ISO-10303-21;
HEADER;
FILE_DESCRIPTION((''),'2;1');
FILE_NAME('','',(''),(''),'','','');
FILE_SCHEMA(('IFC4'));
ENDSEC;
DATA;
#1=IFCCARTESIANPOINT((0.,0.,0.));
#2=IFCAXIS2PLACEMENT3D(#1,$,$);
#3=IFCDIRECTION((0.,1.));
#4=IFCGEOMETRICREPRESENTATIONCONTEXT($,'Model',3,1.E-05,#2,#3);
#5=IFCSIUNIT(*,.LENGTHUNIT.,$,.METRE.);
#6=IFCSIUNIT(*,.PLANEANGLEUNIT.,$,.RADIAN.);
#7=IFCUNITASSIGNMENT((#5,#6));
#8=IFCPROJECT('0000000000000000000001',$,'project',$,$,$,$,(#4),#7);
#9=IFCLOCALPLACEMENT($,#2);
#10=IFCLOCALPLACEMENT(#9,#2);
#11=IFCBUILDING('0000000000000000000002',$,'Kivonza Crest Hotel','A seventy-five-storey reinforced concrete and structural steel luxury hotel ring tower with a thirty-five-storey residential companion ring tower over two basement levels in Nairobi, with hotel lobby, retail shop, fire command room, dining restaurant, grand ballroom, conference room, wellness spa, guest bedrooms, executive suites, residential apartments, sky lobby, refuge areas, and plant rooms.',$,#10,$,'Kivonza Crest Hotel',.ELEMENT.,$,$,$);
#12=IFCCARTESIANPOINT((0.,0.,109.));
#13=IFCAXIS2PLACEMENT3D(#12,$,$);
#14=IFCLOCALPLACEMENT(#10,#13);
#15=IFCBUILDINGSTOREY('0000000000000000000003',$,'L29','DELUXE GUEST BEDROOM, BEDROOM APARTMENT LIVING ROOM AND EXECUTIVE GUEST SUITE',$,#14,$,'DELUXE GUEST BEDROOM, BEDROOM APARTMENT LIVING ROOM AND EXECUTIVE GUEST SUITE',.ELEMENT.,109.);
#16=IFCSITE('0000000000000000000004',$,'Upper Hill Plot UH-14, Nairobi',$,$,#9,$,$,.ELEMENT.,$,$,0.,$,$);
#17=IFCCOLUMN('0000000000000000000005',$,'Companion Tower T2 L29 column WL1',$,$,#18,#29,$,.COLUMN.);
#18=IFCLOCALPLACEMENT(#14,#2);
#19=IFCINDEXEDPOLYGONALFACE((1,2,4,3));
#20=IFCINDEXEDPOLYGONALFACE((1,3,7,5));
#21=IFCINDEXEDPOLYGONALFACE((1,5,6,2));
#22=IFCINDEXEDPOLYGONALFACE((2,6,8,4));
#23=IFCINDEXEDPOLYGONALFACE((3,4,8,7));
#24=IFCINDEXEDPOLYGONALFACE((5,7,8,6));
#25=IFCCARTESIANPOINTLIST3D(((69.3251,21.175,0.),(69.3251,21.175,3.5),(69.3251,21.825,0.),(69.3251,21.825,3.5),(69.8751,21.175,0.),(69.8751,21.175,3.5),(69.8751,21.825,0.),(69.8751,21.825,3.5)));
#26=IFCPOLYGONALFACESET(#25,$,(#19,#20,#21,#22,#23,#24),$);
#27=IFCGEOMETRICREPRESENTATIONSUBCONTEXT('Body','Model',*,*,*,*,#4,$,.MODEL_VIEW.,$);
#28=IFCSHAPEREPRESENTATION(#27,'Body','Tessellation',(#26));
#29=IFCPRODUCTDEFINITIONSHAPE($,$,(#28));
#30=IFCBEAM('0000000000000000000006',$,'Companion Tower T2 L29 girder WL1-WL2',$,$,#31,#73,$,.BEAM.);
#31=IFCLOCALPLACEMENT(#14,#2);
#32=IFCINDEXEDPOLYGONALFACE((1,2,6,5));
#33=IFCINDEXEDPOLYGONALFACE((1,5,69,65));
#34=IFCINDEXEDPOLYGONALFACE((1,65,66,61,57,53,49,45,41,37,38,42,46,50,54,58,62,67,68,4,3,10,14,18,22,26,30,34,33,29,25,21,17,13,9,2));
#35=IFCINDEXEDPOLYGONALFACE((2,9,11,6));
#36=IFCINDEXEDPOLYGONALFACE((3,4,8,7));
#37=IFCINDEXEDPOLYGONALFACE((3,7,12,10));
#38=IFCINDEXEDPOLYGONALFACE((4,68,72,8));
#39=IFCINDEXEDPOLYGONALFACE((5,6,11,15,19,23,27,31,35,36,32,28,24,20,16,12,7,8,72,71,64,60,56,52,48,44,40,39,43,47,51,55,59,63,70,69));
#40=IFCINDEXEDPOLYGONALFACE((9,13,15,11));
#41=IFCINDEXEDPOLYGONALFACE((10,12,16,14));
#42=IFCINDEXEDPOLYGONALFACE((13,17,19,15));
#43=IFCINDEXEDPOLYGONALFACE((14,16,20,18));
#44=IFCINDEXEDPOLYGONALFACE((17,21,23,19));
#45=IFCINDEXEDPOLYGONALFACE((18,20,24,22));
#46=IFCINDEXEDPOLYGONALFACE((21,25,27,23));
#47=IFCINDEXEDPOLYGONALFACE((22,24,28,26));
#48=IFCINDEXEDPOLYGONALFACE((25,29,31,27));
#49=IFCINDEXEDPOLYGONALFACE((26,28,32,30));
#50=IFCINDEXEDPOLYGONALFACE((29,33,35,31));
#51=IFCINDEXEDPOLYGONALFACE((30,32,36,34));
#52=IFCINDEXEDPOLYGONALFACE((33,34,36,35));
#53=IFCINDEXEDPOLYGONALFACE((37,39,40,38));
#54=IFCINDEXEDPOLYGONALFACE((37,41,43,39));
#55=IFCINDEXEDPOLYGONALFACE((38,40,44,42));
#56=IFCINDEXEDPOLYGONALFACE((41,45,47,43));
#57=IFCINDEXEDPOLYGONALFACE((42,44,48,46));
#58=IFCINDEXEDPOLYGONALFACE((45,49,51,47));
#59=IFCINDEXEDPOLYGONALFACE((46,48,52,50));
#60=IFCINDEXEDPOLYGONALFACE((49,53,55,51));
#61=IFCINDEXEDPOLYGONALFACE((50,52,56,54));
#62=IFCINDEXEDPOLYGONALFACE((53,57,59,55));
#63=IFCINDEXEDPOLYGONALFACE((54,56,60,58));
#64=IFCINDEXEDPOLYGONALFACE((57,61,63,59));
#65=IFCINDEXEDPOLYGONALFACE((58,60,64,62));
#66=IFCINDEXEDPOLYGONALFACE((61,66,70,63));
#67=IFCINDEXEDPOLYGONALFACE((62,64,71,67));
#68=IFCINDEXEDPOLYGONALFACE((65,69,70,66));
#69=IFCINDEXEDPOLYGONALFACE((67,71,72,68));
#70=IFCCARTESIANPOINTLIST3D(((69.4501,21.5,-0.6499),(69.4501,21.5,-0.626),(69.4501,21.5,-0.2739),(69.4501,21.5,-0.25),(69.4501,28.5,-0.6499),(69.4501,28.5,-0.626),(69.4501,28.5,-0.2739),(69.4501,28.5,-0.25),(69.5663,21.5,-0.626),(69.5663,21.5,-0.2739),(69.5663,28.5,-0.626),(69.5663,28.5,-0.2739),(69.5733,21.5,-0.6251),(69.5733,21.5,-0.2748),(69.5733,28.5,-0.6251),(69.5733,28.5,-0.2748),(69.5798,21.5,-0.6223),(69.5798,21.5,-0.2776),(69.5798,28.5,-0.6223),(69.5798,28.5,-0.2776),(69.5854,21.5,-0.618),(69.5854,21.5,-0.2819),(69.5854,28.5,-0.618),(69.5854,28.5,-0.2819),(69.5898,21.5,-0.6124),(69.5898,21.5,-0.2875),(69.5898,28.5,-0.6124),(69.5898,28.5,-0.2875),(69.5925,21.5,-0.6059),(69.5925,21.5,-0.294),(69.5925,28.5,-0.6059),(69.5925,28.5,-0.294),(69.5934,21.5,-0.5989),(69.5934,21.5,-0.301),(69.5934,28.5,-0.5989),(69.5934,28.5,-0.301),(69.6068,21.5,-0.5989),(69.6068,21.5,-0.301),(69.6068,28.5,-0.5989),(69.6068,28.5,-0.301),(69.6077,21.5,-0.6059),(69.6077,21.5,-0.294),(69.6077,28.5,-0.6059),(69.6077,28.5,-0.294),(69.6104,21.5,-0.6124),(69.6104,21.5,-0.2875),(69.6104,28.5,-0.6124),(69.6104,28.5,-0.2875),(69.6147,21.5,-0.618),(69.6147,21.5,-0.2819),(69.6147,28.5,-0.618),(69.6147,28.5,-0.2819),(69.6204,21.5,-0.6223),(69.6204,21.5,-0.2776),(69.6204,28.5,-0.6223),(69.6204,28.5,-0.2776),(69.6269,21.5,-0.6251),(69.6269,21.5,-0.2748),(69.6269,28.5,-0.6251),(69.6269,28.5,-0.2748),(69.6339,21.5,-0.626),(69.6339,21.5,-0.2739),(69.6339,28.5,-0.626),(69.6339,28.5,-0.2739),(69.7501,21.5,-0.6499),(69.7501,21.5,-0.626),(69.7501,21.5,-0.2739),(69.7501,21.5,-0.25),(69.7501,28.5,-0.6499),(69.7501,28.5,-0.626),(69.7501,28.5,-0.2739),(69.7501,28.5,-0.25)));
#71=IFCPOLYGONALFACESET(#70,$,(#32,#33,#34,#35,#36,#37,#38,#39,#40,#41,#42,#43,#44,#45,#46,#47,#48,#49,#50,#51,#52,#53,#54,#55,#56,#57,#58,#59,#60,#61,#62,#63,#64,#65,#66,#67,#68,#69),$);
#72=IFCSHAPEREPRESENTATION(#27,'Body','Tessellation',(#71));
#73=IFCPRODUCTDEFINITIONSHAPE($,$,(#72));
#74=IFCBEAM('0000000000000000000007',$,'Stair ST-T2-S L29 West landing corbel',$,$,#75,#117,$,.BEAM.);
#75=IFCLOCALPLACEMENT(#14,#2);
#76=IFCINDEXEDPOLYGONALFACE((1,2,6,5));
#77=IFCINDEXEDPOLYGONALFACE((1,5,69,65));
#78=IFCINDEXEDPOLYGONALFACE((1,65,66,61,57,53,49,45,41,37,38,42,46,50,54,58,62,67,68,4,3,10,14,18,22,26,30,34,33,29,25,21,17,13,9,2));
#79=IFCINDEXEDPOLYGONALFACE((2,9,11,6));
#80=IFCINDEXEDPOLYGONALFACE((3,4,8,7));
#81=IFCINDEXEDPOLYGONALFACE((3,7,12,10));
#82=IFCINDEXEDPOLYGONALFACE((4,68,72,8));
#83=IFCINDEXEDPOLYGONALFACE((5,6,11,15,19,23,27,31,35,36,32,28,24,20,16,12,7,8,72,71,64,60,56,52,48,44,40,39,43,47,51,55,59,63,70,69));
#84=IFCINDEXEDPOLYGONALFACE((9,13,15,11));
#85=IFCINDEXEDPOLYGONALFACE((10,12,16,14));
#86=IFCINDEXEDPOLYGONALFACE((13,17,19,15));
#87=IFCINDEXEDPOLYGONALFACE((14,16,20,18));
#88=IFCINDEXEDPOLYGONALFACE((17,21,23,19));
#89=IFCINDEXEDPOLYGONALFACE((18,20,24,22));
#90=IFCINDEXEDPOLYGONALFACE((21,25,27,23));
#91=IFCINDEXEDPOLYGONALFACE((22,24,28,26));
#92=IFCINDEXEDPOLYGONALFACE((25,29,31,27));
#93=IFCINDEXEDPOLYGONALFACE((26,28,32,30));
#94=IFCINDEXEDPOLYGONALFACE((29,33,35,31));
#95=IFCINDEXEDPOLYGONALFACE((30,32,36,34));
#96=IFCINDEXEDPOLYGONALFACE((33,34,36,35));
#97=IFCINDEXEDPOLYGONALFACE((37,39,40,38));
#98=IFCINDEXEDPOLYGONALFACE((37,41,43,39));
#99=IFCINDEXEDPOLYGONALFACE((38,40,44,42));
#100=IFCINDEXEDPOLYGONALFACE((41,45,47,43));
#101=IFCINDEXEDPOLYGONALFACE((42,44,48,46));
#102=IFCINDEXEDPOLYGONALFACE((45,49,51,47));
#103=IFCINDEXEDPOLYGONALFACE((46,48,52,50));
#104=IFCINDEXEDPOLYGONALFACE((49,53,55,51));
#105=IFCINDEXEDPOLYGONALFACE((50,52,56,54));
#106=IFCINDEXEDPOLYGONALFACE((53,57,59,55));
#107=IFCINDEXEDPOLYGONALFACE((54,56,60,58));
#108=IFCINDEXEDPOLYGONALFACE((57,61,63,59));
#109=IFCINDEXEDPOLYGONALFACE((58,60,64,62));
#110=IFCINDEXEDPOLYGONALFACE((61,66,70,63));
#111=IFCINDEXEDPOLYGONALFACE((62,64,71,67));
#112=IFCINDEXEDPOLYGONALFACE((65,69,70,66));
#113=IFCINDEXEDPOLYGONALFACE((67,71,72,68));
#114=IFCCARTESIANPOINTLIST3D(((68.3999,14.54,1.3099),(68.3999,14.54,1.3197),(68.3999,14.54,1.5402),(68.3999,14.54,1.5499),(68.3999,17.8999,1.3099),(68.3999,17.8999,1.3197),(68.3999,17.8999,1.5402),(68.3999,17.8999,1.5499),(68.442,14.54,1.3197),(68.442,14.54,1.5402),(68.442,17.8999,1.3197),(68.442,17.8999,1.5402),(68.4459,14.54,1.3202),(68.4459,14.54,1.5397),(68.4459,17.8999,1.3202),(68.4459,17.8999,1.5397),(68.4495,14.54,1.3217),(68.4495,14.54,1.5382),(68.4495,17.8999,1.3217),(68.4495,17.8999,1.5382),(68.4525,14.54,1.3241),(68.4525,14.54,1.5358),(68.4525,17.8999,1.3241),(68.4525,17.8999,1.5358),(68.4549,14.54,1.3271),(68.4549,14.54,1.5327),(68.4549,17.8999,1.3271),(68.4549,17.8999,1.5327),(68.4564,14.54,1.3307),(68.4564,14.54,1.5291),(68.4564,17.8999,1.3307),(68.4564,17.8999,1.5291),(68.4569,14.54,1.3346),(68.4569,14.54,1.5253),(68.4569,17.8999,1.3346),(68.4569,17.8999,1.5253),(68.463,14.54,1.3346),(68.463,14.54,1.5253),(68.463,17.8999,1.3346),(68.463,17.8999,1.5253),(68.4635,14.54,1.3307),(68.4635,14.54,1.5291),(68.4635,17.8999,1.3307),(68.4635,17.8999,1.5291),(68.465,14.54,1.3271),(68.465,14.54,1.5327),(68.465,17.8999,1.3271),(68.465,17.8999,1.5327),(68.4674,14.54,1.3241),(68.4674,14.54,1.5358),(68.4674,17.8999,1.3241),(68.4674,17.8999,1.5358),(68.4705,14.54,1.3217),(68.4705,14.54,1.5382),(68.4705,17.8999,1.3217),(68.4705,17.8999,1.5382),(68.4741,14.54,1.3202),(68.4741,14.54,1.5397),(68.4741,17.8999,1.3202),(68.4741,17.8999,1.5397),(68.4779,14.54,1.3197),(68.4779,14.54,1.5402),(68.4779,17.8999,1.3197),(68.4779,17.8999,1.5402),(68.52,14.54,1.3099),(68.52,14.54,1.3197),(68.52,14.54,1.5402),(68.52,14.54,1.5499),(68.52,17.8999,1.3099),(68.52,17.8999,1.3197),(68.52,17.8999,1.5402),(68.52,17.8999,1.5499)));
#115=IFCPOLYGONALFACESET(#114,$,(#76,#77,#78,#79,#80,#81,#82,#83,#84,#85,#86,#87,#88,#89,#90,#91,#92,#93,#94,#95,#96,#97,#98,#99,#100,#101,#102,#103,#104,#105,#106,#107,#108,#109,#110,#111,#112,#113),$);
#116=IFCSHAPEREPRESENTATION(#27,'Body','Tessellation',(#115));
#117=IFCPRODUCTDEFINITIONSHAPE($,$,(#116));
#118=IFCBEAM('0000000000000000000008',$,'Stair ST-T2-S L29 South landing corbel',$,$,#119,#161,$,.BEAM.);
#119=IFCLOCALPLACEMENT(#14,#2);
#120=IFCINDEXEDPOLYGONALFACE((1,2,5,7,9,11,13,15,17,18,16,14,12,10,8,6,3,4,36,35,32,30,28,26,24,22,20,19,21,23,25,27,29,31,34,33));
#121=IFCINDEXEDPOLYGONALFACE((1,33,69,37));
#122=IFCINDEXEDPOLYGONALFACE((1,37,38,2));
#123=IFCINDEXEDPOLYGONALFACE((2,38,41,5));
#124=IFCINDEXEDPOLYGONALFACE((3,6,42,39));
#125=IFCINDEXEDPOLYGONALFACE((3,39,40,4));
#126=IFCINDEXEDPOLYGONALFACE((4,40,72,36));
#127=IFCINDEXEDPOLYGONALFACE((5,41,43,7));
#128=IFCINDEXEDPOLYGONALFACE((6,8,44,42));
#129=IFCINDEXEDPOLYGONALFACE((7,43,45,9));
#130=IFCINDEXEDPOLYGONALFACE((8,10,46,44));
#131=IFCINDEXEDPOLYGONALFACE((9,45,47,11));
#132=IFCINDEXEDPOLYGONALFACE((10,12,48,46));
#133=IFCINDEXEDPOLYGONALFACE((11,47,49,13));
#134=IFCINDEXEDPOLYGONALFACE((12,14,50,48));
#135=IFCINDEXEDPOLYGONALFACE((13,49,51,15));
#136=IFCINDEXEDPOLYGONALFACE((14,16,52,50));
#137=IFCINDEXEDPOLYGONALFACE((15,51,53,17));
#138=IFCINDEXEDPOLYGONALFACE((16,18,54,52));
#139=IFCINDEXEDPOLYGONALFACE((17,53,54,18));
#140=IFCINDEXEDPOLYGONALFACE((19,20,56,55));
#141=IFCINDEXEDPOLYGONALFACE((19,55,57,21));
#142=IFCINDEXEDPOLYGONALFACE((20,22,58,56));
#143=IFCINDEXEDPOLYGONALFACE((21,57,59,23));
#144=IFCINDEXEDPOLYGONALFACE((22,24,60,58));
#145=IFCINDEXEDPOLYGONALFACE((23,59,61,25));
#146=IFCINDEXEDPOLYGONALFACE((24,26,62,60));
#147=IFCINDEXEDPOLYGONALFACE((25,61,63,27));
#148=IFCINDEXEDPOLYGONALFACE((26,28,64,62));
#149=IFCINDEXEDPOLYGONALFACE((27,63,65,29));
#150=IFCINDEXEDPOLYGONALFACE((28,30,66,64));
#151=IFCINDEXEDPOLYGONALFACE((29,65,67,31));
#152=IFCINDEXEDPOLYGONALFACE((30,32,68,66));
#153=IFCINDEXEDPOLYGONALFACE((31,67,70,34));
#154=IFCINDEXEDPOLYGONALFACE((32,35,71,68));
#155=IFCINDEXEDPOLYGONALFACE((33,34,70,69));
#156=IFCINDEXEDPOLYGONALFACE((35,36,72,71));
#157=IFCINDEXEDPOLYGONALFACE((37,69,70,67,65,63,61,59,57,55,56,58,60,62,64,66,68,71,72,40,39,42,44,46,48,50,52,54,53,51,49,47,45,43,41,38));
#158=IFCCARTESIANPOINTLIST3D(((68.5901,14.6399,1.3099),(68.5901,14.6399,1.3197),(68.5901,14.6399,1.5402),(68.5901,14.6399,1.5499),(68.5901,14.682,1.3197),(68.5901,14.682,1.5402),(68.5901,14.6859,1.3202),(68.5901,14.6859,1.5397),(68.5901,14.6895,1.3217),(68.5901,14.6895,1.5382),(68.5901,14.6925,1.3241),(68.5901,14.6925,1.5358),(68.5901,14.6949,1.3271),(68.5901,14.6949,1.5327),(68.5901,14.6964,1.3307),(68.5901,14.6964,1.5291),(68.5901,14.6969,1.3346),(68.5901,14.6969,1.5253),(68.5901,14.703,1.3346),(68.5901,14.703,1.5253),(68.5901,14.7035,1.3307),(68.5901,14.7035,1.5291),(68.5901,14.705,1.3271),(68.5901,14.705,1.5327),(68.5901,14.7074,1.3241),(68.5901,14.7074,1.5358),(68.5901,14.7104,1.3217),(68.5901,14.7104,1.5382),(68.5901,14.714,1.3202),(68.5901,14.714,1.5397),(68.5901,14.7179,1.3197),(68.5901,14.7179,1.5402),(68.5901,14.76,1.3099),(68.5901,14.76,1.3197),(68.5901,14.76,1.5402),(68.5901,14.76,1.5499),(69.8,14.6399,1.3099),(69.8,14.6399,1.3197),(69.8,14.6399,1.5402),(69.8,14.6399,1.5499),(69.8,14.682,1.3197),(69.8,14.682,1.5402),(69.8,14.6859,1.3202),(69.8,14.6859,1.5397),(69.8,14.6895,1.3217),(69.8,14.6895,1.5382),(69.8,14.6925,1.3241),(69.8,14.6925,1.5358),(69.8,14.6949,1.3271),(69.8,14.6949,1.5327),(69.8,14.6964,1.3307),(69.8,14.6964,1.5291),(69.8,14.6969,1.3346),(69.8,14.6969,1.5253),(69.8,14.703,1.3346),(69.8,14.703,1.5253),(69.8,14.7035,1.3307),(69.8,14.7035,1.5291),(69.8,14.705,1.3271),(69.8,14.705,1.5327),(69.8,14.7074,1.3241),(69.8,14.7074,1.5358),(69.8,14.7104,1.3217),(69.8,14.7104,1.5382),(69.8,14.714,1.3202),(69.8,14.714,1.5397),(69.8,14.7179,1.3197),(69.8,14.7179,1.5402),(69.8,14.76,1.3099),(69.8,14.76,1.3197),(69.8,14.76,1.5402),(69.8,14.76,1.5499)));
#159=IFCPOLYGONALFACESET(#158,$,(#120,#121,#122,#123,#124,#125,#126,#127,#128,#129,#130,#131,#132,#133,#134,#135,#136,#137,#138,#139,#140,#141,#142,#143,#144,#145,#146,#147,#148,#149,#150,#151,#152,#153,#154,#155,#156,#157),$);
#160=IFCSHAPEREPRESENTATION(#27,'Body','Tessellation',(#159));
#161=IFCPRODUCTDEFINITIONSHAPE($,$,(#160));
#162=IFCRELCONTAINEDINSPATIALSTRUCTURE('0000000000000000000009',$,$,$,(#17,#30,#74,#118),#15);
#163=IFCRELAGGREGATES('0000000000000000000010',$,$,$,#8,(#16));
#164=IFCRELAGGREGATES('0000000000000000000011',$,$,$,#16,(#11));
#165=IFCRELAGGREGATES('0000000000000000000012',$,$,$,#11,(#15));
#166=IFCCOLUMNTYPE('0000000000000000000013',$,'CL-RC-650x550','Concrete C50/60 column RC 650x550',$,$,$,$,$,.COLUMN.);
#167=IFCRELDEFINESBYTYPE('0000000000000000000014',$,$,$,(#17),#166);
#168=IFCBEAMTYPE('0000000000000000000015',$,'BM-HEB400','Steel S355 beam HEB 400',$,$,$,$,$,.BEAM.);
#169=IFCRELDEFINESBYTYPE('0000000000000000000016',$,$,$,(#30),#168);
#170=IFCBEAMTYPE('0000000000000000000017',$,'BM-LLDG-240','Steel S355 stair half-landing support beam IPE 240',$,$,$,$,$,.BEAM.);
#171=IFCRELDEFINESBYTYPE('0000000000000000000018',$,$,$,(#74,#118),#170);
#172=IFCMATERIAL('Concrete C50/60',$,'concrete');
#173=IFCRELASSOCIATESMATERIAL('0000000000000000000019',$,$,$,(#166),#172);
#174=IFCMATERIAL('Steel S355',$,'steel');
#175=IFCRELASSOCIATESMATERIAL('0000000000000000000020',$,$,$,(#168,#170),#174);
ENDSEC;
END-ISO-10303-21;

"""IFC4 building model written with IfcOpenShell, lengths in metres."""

from ifc_helpers import new_model, si_unit, direction, frame, origin, origin_2d, place, context, subcontext, project, spatial, rectangle, i_section, extrude, material, material_profile, profile_set, type_object, element, save


model = new_model("IFC4")

# Units and contexts
model_context = context("Model", 3, precision=1e-05, world=origin(), true_north=direction((0.0, 1.0)))
body_context = subcontext(model_context, "Body", "Model", "MODEL_VIEW")
ifc_project = project(units=[si_unit("LENGTHUNIT", "METRE"), si_unit("PLANEANGLEUNIT", "RADIAN")], contexts=[model_context])

# Site, building, storey
site_placement = place(None, origin())
site = spatial("IfcSite", under=ifc_project, at=site_placement, Name="Upper Hill Plot UH-14, Nairobi", CompositionType="ELEMENT", RefElevation=0.0)
building_placement = place(site_placement, origin())
building = spatial("IfcBuilding", under=site, at=building_placement, Name="Kivonza Crest Hotel", Description="A seventy-five-storey reinforced concrete and structural steel luxury hotel ring tower with a thirty-five-storey residential companion ring tower over two basement levels in Nairobi, with hotel lobby, retail shop, fire command room, dining restaurant, grand ballroom, conference room, wellness spa, guest bedrooms, executive suites, residential apartments, sky lobby, refuge areas, and plant rooms.", LongName="Kivonza Crest Hotel", CompositionType="ELEMENT")
storey_placement = place(building_placement, frame((0.0, 0.0, 109.0)))
storey = spatial("IfcBuildingStorey", under=building, at=storey_placement, Name="L29", Description="DELUXE GUEST BEDROOM, BEDROOM APARTMENT LIVING ROOM AND EXECUTIVE GUEST SUITE", LongName="DELUXE GUEST BEDROOM, BEDROOM APARTMENT LIVING ROOM AND EXECUTIVE GUEST SUITE", CompositionType="ELEMENT", Elevation=109.0)

# Column
ifc_material_1 = material(Name="Concrete C50/60", Category="concrete")
ifc_material_profile_1 = material_profile(ifc_material_1, rectangle(XDim=0.55, YDim=0.6499, at=origin_2d()), Name="RC 650x550")
ifc_profile_set_1 = profile_set([ifc_material_profile_1], Name="Concrete C50/60")
column_type = type_object("IfcColumnType", Name="CL-RC-650x550", Description="Concrete C50/60 column RC 650x550", PredefinedType="COLUMN", material=ifc_profile_set_1)
column_placement = place(storey_placement, frame((69.6001, 21.5, 0.0), z_axis=(0.0, 0.0, 1.0), x_axis=(1.0, 0.0, 0.0)))
element("IfcColumn", 1, at=column_placement, inside=storey, type_object=column_type, Name="Companion Tower T2 L29 column WL1", PredefinedType="COLUMN", context=body_context, shape_type="SweptSolid", body=[
    extrude(rectangle(XDim=0.55, YDim=0.6499, at=origin_2d()), origin(), (0.0, 0.0, 1.0), 3.5),
])

# Beams
ifc_material_2 = material(Name="Steel S355", Category="steel")
ifc_material_profile_2 = material_profile(ifc_material_2, i_section(OverallWidth=0.3, OverallDepth=0.3999, WebThickness=0.0134, FlangeThickness=0.0239, FilletRadius=0.0271, at=origin_2d()), Name="HEB 400")
ifc_profile_set_2 = profile_set([ifc_material_profile_2], Name="Steel S355")
beam_type_1 = type_object("IfcBeamType", Name="BM-HEB400", Description="Steel S355 beam HEB 400", PredefinedType="BEAM", material=ifc_profile_set_2)
beam_1_placement = place(storey_placement, frame((69.6001, 21.5, -0.45), z_axis=(0.0, 1.0, 0.0), x_axis=(-1.0, 0.0, 0.0)))
element("IfcBeam", 2, at=beam_1_placement, inside=storey, type_object=beam_type_1, Name="Companion Tower T2 L29 girder WL1-WL2", PredefinedType="BEAM", context=body_context, shape_type="SweptSolid", body=[
    extrude(i_section(OverallWidth=0.3, OverallDepth=0.3999, WebThickness=0.0134, FlangeThickness=0.0239, FilletRadius=0.0271, at=origin_2d()), origin(), (0.0, 0.0, 1.0), 7.0),
])
ifc_material_profile_3 = material_profile(ifc_material_2, i_section(OverallWidth=0.1201, OverallDepth=0.24, WebThickness=0.0061, FlangeThickness=0.0098, FilletRadius=0.0149, at=origin_2d()), Name="IPE 240")
ifc_profile_set_3 = profile_set([ifc_material_profile_3], Name="Steel S355")
beam_type_2 = type_object("IfcBeamType", Name="BM-LLDG-240", Description="Steel S355 stair half-landing support beam IPE 240", PredefinedType="BEAM", material=ifc_profile_set_3)
beam_2_placement = place(storey_placement, frame((68.46, 14.54, 1.4299), z_axis=(0.0, 1.0, 0.0), x_axis=(-1.0, 0.0, 0.0)))
element("IfcBeam", 3, at=beam_2_placement, inside=storey, type_object=beam_type_2, Name="Stair ST-T2-S L29 West landing corbel", PredefinedType="BEAM", context=body_context, shape_type="SweptSolid", body=[
    extrude(i_section(OverallWidth=0.1201, OverallDepth=0.24, WebThickness=0.0061, FlangeThickness=0.0098, FilletRadius=0.0149, at=origin_2d()), origin(), (0.0, 0.0, 1.0), 3.3599),
])
for number, where, z_axis, x_axis, name in (
    (4, (68.5901, 14.7, 1.4299), (1.0, 0.0, 0.0), (0.0, 1.0, 0.0), "Stair ST-T2-S L29 South landing corbel"),
):
    element("IfcBeam", number, at=place(storey_placement, frame(where, z_axis=z_axis, x_axis=x_axis)), inside=storey, type_object=beam_type_2, Name=name, PredefinedType="BEAM", context=body_context, shape_type="SweptSolid", body=[
        extrude(i_section(OverallWidth=0.1201, OverallDepth=0.24, WebThickness=0.0061, FlangeThickness=0.0098, FilletRadius=0.0149, at=origin_2d()), origin(), (0.0, 0.0, 1.0), 1.21),
    ])

save(model, "model.ifc")
